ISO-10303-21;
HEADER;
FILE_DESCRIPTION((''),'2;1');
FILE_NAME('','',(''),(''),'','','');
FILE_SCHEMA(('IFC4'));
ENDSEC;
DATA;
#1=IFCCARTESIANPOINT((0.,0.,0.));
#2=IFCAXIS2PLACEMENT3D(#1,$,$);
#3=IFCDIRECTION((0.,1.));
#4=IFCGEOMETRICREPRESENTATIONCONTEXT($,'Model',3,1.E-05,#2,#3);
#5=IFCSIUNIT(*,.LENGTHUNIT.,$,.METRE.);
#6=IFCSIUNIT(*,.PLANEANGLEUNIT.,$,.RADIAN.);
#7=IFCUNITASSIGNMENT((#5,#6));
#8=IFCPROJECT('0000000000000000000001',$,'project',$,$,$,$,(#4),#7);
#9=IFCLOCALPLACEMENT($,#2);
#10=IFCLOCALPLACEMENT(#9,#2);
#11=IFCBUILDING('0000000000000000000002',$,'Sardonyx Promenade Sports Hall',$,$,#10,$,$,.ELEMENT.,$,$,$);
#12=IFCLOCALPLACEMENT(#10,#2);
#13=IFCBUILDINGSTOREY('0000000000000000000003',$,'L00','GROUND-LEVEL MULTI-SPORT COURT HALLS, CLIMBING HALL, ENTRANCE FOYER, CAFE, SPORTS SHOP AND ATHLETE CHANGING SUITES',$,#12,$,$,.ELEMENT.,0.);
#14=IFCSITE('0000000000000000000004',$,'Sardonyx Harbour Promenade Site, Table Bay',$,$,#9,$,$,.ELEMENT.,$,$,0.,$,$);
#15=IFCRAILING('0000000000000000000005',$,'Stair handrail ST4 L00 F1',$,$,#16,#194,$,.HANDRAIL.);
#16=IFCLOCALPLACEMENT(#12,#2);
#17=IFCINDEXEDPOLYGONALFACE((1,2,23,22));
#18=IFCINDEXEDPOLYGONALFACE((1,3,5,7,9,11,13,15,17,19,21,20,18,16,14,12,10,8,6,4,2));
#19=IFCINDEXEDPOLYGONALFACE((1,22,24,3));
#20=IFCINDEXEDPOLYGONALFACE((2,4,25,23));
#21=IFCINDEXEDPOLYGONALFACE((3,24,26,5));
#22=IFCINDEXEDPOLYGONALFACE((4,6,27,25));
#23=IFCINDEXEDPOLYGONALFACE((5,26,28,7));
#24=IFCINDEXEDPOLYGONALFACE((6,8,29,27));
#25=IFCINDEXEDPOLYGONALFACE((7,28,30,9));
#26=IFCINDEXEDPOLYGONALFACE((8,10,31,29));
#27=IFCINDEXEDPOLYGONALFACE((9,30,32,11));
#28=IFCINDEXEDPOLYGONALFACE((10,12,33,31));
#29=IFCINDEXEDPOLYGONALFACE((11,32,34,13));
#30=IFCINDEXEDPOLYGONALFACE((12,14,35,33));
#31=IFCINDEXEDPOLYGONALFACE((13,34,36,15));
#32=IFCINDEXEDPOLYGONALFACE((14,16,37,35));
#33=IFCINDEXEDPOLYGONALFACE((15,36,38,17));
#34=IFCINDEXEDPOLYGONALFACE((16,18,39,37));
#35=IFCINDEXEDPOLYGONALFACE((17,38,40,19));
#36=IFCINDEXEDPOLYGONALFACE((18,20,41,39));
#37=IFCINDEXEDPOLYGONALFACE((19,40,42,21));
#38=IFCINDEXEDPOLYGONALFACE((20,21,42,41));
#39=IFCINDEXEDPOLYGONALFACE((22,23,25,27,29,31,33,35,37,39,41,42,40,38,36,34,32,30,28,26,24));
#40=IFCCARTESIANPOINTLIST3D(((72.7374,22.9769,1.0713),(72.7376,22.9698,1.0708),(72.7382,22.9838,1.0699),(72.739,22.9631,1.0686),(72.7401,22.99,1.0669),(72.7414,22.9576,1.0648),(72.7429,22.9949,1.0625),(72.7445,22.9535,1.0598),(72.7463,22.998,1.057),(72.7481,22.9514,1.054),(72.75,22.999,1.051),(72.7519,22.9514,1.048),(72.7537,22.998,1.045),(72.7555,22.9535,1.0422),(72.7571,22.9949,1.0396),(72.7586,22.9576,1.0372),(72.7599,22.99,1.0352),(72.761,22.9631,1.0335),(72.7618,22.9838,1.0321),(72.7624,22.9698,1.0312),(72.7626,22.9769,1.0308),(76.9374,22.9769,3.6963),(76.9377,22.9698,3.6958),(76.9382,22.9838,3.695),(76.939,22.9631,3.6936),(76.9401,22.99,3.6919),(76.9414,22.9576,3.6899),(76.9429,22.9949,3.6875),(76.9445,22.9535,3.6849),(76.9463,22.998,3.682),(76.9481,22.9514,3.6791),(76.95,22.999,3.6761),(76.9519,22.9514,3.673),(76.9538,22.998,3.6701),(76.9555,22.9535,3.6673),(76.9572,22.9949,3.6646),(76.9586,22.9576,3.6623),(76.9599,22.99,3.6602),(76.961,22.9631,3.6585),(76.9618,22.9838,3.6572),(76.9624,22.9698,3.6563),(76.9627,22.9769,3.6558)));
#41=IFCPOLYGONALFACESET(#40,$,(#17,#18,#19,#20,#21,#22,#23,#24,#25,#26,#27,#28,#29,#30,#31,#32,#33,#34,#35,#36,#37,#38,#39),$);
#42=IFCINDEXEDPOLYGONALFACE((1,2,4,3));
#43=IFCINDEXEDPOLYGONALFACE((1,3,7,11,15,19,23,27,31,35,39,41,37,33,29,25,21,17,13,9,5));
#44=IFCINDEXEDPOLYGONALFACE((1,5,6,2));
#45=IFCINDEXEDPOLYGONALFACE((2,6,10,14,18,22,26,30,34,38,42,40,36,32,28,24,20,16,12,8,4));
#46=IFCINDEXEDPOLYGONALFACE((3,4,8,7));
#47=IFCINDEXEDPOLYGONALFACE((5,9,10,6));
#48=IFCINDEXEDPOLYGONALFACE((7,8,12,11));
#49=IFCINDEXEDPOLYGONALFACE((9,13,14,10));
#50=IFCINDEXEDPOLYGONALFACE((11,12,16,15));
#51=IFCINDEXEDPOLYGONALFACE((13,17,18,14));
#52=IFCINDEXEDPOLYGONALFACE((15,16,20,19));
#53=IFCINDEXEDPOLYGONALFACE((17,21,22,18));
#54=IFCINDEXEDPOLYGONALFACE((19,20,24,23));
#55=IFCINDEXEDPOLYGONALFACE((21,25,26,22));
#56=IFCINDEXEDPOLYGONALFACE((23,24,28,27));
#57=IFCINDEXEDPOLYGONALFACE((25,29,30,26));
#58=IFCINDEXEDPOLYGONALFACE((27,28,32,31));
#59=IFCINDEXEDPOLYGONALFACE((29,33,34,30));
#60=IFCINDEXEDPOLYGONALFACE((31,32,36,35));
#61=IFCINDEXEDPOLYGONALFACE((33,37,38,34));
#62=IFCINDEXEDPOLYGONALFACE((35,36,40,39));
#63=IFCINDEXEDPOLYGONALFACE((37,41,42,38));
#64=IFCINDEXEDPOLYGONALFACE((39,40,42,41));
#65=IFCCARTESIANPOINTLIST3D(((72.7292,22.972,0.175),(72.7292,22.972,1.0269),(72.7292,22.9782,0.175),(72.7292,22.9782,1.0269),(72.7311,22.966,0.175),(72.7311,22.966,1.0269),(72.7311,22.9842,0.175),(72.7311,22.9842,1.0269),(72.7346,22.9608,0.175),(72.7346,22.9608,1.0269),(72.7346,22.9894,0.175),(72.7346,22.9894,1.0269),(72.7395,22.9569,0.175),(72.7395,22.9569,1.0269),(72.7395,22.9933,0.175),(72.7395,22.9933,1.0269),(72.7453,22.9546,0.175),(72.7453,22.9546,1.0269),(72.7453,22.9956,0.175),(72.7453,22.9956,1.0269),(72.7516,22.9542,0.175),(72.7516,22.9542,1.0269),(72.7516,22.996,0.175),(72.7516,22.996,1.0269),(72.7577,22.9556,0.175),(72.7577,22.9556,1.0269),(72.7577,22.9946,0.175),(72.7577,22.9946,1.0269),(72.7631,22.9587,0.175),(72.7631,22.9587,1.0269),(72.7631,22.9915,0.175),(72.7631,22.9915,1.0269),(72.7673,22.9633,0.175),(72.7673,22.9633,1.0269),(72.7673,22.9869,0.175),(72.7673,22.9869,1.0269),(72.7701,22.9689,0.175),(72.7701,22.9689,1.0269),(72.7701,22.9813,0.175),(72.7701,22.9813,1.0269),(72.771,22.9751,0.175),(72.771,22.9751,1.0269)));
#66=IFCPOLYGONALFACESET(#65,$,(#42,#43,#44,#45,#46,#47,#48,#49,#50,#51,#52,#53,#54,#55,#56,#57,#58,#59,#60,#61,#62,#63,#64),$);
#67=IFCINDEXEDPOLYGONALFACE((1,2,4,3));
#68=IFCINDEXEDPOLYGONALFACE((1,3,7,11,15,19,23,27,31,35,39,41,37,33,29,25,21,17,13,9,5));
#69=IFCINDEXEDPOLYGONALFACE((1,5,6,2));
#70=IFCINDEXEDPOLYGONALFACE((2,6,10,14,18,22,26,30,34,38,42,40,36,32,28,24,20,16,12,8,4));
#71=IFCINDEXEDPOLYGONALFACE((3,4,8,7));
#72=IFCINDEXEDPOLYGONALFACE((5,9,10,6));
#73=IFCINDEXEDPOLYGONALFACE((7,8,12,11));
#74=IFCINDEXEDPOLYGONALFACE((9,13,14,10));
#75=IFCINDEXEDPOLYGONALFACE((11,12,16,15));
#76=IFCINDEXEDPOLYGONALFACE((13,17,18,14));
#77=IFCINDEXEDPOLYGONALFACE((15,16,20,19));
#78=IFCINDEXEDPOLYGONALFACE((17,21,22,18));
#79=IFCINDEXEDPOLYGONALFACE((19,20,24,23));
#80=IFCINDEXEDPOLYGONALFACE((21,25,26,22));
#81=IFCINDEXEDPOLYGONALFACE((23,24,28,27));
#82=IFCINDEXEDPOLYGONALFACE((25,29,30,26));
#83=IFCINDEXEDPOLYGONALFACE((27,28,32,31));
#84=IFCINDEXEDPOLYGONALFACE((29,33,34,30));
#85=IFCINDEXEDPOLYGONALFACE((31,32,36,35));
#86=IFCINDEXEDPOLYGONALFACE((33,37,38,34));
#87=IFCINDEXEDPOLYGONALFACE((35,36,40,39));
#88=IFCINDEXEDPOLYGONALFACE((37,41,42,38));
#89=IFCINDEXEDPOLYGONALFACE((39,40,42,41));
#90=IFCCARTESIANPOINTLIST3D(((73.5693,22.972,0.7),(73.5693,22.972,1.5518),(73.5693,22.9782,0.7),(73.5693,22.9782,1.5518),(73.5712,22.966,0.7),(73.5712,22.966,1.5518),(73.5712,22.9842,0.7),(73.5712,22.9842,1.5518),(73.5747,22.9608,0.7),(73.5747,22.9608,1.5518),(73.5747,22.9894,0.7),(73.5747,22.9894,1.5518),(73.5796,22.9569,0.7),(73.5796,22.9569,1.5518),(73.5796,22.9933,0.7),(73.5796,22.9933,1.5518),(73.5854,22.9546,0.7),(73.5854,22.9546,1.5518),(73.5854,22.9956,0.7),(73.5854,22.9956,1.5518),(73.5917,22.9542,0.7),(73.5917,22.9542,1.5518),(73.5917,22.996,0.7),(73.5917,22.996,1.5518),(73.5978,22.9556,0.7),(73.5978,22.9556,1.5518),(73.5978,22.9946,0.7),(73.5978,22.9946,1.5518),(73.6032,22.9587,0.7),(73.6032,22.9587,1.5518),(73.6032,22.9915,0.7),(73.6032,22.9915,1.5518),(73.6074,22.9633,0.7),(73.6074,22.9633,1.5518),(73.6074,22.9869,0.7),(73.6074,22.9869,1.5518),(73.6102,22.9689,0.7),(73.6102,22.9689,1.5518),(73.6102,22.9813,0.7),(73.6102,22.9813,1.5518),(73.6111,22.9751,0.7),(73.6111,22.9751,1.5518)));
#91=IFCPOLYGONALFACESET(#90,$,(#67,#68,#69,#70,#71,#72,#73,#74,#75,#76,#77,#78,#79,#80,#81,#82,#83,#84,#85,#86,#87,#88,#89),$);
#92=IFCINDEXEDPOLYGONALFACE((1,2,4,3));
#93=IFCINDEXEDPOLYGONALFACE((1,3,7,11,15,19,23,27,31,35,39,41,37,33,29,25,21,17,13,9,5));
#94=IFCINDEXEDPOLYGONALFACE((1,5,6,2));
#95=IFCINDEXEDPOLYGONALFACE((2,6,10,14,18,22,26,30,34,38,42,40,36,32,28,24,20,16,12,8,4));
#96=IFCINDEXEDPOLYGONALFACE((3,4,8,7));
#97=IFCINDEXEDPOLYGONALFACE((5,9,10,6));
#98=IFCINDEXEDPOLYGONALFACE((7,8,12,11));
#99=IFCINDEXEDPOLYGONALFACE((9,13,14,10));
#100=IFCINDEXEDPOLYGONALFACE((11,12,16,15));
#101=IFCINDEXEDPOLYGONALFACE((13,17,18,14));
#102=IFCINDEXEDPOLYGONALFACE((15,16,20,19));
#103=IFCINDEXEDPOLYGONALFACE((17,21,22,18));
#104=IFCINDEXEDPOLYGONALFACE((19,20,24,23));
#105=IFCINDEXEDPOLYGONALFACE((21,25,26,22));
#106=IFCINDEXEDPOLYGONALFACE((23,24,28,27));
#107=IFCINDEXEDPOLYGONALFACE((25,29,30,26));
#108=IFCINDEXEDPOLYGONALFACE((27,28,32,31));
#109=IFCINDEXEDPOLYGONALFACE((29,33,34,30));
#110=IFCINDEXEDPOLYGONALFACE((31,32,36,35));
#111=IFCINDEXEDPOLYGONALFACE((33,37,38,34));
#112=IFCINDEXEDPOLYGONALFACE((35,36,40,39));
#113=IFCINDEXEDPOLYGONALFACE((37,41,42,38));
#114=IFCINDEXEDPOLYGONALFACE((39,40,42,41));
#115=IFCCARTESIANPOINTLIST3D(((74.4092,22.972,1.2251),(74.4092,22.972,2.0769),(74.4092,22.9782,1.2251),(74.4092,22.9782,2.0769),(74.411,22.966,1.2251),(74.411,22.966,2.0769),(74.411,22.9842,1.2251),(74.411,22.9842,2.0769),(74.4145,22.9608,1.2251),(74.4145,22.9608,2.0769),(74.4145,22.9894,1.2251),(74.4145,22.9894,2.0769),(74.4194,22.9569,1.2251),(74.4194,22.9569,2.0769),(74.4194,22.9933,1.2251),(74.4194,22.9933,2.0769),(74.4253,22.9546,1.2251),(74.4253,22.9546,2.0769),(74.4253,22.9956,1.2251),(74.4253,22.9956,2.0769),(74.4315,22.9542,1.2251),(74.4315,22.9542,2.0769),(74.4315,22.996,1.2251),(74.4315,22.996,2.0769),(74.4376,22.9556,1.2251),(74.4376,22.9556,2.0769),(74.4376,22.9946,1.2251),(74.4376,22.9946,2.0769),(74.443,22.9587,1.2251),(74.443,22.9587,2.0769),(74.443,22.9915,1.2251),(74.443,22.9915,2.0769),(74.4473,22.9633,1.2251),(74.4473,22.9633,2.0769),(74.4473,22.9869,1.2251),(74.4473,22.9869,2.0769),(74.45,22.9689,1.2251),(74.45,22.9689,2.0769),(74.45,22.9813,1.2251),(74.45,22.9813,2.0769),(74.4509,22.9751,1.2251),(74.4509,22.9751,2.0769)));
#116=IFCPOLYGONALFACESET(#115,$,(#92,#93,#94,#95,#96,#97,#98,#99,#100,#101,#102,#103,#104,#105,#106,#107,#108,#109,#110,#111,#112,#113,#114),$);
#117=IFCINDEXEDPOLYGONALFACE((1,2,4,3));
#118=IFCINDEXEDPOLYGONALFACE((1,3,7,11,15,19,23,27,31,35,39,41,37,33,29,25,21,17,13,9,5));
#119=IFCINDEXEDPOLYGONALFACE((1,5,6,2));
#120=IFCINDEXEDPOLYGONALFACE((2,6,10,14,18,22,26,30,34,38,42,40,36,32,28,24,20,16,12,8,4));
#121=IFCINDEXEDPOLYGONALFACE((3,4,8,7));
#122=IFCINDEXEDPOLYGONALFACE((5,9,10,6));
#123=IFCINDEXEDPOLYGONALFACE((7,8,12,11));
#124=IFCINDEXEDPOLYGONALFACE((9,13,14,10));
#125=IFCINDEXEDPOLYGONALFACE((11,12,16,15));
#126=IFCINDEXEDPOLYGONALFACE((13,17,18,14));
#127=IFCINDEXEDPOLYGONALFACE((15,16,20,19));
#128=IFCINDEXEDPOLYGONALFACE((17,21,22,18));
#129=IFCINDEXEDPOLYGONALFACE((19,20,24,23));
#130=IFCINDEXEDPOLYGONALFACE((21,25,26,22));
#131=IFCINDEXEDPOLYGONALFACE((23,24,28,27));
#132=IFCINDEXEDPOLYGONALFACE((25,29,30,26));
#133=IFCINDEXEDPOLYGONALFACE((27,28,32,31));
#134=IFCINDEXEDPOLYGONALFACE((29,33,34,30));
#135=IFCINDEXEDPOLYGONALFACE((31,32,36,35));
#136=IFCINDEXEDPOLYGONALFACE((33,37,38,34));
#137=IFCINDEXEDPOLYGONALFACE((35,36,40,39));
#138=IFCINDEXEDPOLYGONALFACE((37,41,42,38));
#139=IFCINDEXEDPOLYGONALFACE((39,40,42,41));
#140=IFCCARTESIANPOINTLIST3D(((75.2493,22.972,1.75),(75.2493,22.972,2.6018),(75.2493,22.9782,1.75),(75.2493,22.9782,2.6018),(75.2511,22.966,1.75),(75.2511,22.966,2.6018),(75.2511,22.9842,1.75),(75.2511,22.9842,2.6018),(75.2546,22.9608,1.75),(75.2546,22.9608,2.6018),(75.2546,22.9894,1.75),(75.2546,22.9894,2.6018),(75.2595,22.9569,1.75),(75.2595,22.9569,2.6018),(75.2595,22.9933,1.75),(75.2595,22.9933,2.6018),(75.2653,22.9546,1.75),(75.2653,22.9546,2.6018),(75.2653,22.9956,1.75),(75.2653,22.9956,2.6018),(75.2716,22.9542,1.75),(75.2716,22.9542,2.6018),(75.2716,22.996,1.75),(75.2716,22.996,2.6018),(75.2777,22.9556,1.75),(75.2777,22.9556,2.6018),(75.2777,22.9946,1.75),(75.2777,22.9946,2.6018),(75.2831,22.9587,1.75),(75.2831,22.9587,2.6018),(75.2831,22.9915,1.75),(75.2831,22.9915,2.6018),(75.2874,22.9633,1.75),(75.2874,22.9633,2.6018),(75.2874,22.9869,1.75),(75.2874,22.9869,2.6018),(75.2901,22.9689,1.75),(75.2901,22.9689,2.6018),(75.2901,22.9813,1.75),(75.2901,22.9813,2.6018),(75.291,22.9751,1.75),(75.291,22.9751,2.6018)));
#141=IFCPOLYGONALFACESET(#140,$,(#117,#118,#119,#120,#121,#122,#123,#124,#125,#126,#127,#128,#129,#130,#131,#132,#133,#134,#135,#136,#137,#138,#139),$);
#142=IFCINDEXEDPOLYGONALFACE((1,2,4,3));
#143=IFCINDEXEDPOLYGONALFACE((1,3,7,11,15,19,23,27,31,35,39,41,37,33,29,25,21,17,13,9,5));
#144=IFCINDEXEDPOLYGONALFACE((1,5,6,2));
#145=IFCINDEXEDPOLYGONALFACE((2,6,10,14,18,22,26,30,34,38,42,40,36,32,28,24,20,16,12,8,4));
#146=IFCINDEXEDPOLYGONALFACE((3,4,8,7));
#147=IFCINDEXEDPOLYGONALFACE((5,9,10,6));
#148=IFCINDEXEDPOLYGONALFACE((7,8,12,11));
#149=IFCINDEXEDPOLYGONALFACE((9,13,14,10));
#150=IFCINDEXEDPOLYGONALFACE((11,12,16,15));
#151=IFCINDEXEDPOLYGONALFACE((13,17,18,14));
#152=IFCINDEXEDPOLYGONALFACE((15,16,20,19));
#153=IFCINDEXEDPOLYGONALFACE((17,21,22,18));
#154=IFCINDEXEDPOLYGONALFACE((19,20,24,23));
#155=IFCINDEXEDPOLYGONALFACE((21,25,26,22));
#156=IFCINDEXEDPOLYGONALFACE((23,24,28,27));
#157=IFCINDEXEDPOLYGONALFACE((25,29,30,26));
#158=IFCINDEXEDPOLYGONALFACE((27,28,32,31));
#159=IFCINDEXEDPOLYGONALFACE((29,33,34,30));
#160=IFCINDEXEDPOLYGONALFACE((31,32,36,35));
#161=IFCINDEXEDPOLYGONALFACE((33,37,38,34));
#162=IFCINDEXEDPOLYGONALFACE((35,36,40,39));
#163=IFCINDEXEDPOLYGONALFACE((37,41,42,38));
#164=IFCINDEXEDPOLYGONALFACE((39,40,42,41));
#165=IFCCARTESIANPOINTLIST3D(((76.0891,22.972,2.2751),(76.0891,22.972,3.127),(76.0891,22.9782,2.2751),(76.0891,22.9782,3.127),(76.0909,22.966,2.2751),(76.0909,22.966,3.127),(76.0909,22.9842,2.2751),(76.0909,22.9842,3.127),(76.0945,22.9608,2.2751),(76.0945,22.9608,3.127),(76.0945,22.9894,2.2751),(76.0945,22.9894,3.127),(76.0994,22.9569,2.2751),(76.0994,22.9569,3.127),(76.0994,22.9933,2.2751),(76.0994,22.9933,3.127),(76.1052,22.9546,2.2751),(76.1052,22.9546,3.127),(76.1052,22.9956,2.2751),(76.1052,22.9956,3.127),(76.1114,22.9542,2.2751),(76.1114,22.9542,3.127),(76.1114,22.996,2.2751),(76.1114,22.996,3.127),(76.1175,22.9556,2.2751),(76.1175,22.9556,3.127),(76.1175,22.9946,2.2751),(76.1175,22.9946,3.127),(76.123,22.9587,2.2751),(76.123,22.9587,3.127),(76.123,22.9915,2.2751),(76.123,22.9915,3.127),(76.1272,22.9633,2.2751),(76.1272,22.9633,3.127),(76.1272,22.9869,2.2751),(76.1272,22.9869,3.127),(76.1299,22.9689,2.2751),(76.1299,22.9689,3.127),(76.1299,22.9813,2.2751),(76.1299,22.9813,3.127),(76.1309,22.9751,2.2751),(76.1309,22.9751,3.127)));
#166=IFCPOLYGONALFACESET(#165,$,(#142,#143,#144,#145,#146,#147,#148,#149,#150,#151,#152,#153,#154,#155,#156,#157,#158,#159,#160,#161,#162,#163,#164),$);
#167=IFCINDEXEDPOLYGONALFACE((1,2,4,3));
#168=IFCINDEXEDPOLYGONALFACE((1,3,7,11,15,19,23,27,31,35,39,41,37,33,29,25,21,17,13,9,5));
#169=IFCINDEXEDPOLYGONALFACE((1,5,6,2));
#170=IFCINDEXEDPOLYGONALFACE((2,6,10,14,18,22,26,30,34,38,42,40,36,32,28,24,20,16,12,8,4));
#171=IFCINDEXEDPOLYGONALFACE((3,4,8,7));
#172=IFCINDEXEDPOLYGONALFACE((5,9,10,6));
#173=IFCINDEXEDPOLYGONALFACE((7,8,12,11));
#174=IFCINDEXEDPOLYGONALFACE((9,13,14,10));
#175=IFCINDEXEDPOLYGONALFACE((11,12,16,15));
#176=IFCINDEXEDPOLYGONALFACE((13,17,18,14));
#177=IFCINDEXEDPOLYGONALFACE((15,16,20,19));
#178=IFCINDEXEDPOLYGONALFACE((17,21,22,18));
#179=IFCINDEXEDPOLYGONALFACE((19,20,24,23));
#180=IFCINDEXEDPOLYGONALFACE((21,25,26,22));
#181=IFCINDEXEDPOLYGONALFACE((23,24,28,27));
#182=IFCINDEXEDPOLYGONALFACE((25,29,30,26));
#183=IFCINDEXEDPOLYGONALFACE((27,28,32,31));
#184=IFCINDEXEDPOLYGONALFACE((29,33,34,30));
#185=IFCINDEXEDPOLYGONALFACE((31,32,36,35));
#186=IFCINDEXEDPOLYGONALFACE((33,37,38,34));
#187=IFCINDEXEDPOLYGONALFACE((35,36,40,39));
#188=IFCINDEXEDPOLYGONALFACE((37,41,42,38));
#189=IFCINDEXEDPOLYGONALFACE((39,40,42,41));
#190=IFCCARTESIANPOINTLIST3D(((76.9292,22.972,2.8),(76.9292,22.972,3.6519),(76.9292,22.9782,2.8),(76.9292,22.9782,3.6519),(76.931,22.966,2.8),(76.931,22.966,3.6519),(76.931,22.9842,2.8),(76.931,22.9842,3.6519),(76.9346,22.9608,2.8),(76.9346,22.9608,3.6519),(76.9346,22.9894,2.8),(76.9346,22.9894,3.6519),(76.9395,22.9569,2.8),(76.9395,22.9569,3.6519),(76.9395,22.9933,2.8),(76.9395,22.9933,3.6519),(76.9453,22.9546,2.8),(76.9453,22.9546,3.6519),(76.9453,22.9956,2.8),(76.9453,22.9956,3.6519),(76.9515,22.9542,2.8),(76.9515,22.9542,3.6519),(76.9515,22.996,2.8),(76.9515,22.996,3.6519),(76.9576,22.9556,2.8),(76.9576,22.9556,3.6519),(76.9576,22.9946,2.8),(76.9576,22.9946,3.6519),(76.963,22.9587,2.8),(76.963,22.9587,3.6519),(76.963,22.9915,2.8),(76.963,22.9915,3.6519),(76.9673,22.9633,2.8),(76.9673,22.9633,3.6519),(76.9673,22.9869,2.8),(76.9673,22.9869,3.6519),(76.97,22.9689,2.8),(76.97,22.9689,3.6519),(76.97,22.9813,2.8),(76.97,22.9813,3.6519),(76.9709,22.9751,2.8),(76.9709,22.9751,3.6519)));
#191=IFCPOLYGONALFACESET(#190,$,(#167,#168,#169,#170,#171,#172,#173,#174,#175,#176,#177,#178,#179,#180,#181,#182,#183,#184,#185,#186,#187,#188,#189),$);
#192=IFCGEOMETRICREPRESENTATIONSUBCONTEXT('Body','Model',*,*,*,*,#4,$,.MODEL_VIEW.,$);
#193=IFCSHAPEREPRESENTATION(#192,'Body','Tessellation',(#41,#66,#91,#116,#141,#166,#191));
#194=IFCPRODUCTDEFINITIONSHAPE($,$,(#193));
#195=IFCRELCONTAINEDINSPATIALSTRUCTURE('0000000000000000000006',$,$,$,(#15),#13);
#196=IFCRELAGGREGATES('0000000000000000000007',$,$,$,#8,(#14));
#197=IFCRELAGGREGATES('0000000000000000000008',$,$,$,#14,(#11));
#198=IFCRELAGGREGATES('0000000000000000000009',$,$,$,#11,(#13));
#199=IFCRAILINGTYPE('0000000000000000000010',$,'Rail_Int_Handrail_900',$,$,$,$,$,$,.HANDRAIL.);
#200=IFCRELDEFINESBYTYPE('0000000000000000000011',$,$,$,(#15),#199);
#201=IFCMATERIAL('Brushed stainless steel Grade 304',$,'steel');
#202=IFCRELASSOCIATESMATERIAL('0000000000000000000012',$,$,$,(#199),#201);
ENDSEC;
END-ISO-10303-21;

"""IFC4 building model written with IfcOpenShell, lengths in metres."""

from ifc_helpers import new_model, si_unit, direction, frame, origin, origin_2d, place, context, subcontext, project, spatial, circle, extrude, material, type_object, element, save


model = new_model("IFC4")

# Units and contexts
model_context = context("Model", 3, precision=1e-05, world=origin(), true_north=direction((0.0, 1.0)))
body_context = subcontext(model_context, "Body", "Model", "MODEL_VIEW")
ifc_project = project(units=[si_unit("LENGTHUNIT", "METRE"), si_unit("PLANEANGLEUNIT", "RADIAN")], contexts=[model_context])

# Site, building, storey
site_placement = place(None, origin())
site = spatial("IfcSite", under=ifc_project, at=site_placement, Name="Sardonyx Harbour Promenade Site, Table Bay", CompositionType="ELEMENT", RefElevation=0.0)
building_placement = place(site_placement, origin())
building = spatial("IfcBuilding", under=site, at=building_placement, Name="Sardonyx Promenade Sports Hall", CompositionType="ELEMENT")
storey_placement = place(building_placement, origin())
storey = spatial("IfcBuildingStorey", under=building, at=storey_placement, Name="L00", Description="GROUND-LEVEL MULTI-SPORT COURT HALLS, CLIMBING HALL, ENTRANCE FOYER, CAFE, SPORTS SHOP AND ATHLETE CHANGING SUITES", CompositionType="ELEMENT", Elevation=0.0)

# Railing
ifc_material_1 = material(Name="Brushed stainless steel Grade 304", Category="steel")
railing_type_1 = type_object("IfcRailingType", Name="Rail_Int_Handrail_900", PredefinedType="HANDRAIL", material=ifc_material_1)
railing_1_placement = place(storey_placement, frame((72.75, 22.9751, 0.175)))
element("IfcRailing", 1, at=railing_1_placement, inside=storey, type_object=railing_type_1, Name="Stair handrail ST4 L00 F1", PredefinedType="HANDRAIL", context=body_context, shape_type="SweptSolid", body=[
    extrude(circle(Radius=0.0239, at=origin_2d()), frame((0.0, 0.0, 0.876), z_axis=(0.847996, 0.0, 0.530003), x_axis=(0.0, 1.0, 0.0)), (0.0, 0.0, 1.0), 4.9529),
    extrude(circle(Radius=0.021, at=origin_2d()), origin(), (0.0, 0.0, 1.0), 0.8518),
    extrude(circle(Radius=0.021, at=origin_2d()), frame((0.8401, 0.0, 0.5249)), (0.0, 0.0, 1.0), 0.8518),
    extrude(circle(Radius=0.021, at=origin_2d()), frame((1.6799, 0.0, 1.05)), (0.0, 0.0, 1.0), 0.8518),
    extrude(circle(Radius=0.021, at=origin_2d()), frame((2.52, 0.0, 1.575)), (0.0, 0.0, 1.0), 0.8518),
    extrude(circle(Radius=0.021, at=origin_2d()), frame((3.3599, 0.0, 2.1001)), (0.0, 0.0, 1.0), 0.8518),
    extrude(circle(Radius=0.021, at=origin_2d()), frame((4.2, 0.0, 2.625)), (0.0, 0.0, 1.0), 0.8518),
])

save(model, "model.ifc")
